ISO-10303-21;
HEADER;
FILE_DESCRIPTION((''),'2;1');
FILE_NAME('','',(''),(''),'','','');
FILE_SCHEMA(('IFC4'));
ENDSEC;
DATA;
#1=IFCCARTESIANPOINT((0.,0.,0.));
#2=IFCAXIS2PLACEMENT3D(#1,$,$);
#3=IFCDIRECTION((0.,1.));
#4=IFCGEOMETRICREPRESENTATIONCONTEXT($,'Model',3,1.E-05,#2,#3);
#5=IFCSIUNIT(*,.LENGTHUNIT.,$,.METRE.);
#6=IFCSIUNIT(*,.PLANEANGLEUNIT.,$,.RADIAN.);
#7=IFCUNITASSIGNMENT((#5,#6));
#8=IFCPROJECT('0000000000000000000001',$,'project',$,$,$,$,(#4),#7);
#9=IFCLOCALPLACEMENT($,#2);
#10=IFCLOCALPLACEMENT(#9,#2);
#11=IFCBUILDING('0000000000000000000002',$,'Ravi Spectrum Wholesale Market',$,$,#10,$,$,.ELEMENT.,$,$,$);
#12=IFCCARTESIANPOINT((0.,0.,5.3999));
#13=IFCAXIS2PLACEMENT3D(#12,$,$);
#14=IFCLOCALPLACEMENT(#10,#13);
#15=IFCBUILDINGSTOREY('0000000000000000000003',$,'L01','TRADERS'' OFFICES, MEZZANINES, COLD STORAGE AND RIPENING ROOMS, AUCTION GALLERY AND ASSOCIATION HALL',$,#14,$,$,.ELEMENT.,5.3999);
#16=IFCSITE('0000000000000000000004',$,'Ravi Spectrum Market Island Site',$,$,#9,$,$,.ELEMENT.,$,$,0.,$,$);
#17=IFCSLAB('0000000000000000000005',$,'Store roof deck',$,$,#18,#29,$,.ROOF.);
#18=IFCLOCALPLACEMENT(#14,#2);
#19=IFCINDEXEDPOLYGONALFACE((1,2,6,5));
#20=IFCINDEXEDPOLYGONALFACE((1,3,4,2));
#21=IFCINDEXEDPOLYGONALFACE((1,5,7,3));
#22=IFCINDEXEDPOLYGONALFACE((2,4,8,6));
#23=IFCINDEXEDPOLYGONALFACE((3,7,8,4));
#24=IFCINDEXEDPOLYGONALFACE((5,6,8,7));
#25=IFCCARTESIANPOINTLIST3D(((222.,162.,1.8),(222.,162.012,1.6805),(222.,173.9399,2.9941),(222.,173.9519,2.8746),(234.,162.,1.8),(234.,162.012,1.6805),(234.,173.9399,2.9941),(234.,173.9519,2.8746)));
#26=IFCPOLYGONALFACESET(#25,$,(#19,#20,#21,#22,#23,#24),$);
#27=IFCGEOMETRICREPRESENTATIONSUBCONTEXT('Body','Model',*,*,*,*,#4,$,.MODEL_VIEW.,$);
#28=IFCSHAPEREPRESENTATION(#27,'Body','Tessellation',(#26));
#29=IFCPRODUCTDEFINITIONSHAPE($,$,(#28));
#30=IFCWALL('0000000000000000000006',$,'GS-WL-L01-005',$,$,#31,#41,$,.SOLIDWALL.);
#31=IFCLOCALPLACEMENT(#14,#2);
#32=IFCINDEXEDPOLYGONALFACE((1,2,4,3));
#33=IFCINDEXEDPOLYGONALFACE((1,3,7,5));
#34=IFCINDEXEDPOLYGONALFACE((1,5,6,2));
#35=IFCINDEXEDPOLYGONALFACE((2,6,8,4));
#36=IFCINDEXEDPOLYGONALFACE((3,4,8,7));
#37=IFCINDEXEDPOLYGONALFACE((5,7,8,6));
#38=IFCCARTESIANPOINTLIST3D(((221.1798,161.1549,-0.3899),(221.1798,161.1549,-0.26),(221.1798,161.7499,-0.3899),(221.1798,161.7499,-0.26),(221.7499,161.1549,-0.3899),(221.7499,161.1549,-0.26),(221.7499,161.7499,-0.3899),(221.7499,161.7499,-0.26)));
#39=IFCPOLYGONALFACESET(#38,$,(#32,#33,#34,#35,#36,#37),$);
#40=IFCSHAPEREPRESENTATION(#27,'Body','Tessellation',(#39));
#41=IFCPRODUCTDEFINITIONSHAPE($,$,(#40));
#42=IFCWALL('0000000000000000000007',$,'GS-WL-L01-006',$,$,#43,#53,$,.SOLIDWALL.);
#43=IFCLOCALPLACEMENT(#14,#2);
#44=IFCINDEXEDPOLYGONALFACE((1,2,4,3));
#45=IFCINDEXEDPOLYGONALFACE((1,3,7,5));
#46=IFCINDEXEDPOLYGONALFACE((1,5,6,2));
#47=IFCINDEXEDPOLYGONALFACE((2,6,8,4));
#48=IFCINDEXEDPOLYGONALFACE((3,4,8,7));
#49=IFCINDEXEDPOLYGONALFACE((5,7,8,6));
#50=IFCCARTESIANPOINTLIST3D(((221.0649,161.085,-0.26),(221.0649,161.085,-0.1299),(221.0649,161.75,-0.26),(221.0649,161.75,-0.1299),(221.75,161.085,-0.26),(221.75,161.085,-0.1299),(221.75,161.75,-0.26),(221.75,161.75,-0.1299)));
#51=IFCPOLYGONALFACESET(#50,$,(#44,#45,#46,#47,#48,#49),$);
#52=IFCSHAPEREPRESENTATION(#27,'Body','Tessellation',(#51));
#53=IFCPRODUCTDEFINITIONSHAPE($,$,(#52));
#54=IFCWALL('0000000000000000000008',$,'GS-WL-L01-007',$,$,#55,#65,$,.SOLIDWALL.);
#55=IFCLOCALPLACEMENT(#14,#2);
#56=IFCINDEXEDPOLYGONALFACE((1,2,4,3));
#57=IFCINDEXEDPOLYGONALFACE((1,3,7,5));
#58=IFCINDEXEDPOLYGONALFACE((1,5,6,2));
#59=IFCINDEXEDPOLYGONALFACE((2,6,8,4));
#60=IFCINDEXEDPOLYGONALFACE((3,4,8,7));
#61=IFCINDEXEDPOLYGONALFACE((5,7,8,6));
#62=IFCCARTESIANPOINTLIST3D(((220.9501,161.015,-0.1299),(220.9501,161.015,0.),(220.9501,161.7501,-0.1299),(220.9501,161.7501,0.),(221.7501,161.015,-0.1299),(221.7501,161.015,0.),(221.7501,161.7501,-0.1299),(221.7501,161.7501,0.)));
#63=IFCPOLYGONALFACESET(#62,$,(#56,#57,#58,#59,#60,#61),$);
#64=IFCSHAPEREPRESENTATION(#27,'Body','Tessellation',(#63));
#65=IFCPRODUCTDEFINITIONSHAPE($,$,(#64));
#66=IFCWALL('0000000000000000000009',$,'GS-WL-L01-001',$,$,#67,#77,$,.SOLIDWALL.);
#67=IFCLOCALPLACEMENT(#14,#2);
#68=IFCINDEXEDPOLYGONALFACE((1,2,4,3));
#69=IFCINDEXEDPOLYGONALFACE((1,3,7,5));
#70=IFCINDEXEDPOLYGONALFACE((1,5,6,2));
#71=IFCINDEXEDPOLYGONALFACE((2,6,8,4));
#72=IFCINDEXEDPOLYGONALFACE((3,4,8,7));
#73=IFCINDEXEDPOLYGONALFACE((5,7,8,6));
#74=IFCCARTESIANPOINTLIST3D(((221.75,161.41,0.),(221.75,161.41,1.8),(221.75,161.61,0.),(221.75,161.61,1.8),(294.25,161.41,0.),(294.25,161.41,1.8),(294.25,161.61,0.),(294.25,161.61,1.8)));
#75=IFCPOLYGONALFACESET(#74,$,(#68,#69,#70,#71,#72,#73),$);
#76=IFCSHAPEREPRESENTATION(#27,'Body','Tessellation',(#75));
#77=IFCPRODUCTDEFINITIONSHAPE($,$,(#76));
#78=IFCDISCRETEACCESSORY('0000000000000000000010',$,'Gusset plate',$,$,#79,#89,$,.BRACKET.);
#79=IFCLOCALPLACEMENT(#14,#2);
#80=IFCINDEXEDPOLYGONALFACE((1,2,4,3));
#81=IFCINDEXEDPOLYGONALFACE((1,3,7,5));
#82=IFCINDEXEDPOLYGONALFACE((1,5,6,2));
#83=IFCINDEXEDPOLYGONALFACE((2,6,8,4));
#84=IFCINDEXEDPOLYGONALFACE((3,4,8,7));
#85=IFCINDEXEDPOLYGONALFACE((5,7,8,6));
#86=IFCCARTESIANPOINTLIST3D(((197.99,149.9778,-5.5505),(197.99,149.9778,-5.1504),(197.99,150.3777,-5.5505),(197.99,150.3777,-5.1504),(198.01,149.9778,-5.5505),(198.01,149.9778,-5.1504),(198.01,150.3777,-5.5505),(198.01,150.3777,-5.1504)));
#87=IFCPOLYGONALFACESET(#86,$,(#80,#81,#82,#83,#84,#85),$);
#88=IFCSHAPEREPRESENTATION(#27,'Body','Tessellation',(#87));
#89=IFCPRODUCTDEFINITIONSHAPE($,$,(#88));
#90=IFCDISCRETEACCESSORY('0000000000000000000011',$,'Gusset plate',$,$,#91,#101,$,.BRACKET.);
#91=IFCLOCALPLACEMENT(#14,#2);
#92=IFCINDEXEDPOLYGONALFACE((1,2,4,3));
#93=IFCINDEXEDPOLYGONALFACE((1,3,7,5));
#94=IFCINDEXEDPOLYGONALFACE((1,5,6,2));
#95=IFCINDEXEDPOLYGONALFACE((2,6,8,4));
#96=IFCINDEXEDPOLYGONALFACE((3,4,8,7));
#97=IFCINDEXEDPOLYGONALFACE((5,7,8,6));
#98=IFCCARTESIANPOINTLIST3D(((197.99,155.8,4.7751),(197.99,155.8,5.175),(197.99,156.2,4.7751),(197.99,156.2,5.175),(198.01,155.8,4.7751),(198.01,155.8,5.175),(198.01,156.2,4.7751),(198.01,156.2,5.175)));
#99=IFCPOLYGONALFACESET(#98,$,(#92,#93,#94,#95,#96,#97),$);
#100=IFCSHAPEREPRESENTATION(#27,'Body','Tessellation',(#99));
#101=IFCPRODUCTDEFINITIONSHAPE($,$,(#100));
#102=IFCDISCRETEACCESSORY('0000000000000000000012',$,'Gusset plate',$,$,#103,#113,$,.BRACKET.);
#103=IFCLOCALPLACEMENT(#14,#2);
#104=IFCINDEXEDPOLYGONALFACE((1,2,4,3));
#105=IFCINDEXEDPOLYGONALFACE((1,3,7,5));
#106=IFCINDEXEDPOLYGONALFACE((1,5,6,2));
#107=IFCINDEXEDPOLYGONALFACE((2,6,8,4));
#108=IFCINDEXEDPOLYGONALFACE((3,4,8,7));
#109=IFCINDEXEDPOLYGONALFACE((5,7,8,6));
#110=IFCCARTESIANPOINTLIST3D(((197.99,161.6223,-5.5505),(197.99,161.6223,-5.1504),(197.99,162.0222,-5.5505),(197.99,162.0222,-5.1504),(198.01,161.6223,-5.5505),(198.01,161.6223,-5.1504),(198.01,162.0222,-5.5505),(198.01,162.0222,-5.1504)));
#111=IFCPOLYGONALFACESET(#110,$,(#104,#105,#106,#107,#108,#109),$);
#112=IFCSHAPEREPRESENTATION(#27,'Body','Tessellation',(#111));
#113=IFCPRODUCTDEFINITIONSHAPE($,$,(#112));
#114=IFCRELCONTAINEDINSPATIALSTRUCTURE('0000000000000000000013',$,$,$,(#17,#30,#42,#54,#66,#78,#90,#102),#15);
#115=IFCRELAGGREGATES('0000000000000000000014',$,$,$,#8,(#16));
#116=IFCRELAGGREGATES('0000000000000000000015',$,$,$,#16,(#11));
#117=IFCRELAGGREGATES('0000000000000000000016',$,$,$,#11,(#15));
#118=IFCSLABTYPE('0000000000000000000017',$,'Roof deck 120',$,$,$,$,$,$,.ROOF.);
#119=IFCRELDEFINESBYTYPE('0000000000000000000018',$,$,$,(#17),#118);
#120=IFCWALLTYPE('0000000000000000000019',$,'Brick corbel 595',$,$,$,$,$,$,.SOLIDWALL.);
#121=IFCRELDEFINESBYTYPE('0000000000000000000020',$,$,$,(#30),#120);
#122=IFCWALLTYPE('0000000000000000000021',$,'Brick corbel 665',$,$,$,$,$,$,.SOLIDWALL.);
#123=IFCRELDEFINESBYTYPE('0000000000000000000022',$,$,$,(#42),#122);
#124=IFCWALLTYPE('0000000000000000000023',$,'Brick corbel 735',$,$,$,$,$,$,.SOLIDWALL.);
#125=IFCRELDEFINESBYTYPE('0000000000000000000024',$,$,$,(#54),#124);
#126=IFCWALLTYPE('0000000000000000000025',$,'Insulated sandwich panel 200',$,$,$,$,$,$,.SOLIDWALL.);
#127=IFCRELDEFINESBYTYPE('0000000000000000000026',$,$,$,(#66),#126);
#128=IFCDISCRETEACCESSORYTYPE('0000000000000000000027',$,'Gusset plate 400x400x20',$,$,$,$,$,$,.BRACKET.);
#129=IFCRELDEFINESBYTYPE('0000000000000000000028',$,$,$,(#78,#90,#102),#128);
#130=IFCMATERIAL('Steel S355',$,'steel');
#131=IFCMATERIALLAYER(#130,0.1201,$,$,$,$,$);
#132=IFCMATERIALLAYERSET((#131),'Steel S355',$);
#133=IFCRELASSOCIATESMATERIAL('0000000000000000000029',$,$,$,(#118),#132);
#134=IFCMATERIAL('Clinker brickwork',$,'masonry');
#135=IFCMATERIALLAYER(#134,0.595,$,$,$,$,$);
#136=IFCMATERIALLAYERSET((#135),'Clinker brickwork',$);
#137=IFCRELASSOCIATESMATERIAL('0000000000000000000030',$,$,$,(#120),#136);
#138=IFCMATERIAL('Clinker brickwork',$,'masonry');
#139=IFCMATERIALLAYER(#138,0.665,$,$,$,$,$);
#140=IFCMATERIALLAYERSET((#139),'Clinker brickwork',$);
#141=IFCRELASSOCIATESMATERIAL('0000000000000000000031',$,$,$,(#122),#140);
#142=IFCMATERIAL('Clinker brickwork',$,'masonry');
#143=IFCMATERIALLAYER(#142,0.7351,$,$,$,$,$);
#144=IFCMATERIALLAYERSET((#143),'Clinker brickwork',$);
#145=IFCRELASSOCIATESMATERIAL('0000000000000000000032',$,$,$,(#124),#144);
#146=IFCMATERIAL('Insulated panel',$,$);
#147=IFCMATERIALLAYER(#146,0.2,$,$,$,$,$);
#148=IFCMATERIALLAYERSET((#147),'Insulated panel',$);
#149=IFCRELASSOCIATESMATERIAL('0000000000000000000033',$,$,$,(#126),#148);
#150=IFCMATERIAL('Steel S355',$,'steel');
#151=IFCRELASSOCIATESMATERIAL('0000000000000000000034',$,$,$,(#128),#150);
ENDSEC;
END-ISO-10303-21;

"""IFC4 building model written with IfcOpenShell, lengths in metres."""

from ifc_helpers import new_model, si_unit, direction, frame, frame_2d, origin, origin_2d, place, context, subcontext, project, spatial, polyline, rectangle, outline, extrude, material, layer, layer_set, material_profile, profile_set, type_object, element, save


model = new_model("IFC4")

# Units and contexts
model_context = context("Model", 3, precision=1e-05, world=origin(), true_north=direction((0.0, 1.0)))
body_context = subcontext(model_context, "Body", "Model", "MODEL_VIEW")
ifc_project = project(units=[si_unit("LENGTHUNIT", "METRE"), si_unit("PLANEANGLEUNIT", "RADIAN")], contexts=[model_context])

# Site, building, storey
site_placement = place(None, origin())
site = spatial("IfcSite", under=ifc_project, at=site_placement, Name="Ravi Spectrum Market Island Site", CompositionType="ELEMENT", RefElevation=0.0)
building_placement = place(site_placement, origin())
building = spatial("IfcBuilding", under=site, at=building_placement, Name="Ravi Spectrum Wholesale Market", CompositionType="ELEMENT")
storey_placement = place(building_placement, frame((0.0, 0.0, 5.3999)))
storey = spatial("IfcBuildingStorey", under=building, at=storey_placement, Name="L01", Description="TRADERS' OFFICES, MEZZANINES, COLD STORAGE AND RIPENING ROOMS, AUCTION GALLERY AND ASSOCIATION HALL", CompositionType="ELEMENT", Elevation=5.3999)

# Slab
ifc_material_1 = material(Name="Steel S355", Category="steel")
ifc_layer_1 = layer(ifc_material_1, 0.1201)
ifc_layer_set_1 = layer_set([ifc_layer_1], Name="Steel S355")
slab_type = type_object("IfcSlabType", Name="Roof deck 120", PredefinedType="ROOF", material=ifc_layer_set_1)
slab_placement = place(storey_placement, frame((222.0, 162.0, 1.8), z_axis=(0.0, -0.099512, 0.995036), x_axis=(1.0, 0.0, 0.0)))
element("IfcSlab", 1, at=slab_placement, inside=storey, type_object=slab_type, Name="Store roof deck", PredefinedType="ROOF", context=body_context, shape_type="SweptSolid", body=[
    extrude(outline(polyline([(0.0, 0.0), (12.0, 0.0), (12.0, 11.9995), (0.0, 11.9995), (0.0, 0.0)])), origin(), (0.0, 0.0, -1.0), 0.1201),
])

# Walls
ifc_material_2 = material(Name="Clinker brickwork", Category="masonry")
ifc_layer_2 = layer(ifc_material_2, 0.595)
ifc_layer_set_2 = layer_set([ifc_layer_2], Name="Clinker brickwork")
wall_type_1 = type_object("IfcWallType", Name="Brick corbel 595", PredefinedType="SOLIDWALL", material=ifc_layer_set_2)
wall_1_placement = place(storey_placement, frame((221.75, 161.4524, -0.3899), z_axis=(0.0, 0.0, 1.0), x_axis=(-1.0, 0.0, 0.0)))
element("IfcWall", 2, at=wall_1_placement, inside=storey, type_object=wall_type_1, Name="GS-WL-L01-005", PredefinedType="SOLIDWALL", context=body_context, shape_type="SweptSolid", body=[
    extrude(rectangle(XDim=0.5701, YDim=0.595, at=frame_2d((0.2852, 0.0))), origin(), (0.0, 0.0, 1.0), 0.1299),
])
ifc_material_3 = material(Name="Clinker brickwork", Category="masonry")
ifc_layer_3 = layer(ifc_material_3, 0.665)
ifc_layer_set_3 = layer_set([ifc_layer_3], Name="Clinker brickwork")
wall_type_2 = type_object("IfcWallType", Name="Brick corbel 665", PredefinedType="SOLIDWALL", material=ifc_layer_set_3)
wall_2_placement = place(storey_placement, frame((221.75, 161.4175, -0.26), z_axis=(0.0, 0.0, 1.0), x_axis=(-1.0, 0.0, 0.0)))
element("IfcWall", 3, at=wall_2_placement, inside=storey, type_object=wall_type_2, Name="GS-WL-L01-006", PredefinedType="SOLIDWALL", context=body_context, shape_type="SweptSolid", body=[
    extrude(rectangle(XDim=0.6851, YDim=0.665, at=frame_2d((0.3425, 0.0))), origin(), (0.0, 0.0, 1.0), 0.1301),
])
ifc_material_4 = material(Name="Clinker brickwork", Category="masonry")
ifc_layer_4 = layer(ifc_material_4, 0.7351)
ifc_layer_set_4 = layer_set([ifc_layer_4], Name="Clinker brickwork")
wall_type_3 = type_object("IfcWallType", Name="Brick corbel 735", PredefinedType="SOLIDWALL", material=ifc_layer_set_4)
wall_3_placement = place(storey_placement, frame((221.75, 161.3826, -0.1299), z_axis=(0.0, 0.0, 1.0), x_axis=(-1.0, 0.0, 0.0)))
element("IfcWall", 4, at=wall_3_placement, inside=storey, type_object=wall_type_3, Name="GS-WL-L01-007", PredefinedType="SOLIDWALL", context=body_context, shape_type="SweptSolid", body=[
    extrude(rectangle(XDim=0.8, YDim=0.7351, at=frame_2d((0.3999, 0.0))), origin(), (0.0, 0.0, 1.0), 0.1299),
])
ifc_material_5 = material(Name="Insulated panel")
ifc_layer_5 = layer(ifc_material_5, 0.2)
ifc_layer_set_5 = layer_set([ifc_layer_5], Name="Insulated panel")
wall_type_4 = type_object("IfcWallType", Name="Insulated sandwich panel 200", PredefinedType="SOLIDWALL", material=ifc_layer_set_5)
wall_4_placement = place(storey_placement, frame((221.75, 161.51, 0.0), z_axis=(0.0, 0.0, 1.0), x_axis=(1.0, 0.0, 0.0)))
element("IfcWall", 5, at=wall_4_placement, inside=storey, type_object=wall_type_4, Name="GS-WL-L01-001", PredefinedType="SOLIDWALL", context=body_context, shape_type="SweptSolid", body=[
    extrude(rectangle(XDim=72.5, YDim=0.2, at=frame_2d((36.25, 0.0))), origin(), (0.0, 0.0, 1.0), 1.8),
])

# Discrete accessories
ifc_material_6 = material(Name="Steel S355", Category="steel")
ifc_material_profile_1 = material_profile(ifc_material_6, rectangle(XDim=0.3999, YDim=0.02, at=origin_2d()))
ifc_profile_set_1 = profile_set([ifc_material_profile_1], Name="Steel S355")
discrete_accessory_type = type_object("IfcDiscreteAccessoryType", Name="Gusset plate 400x400x20", PredefinedType="BRACKET", material=ifc_profile_set_1)
discrete_accessory_1_placement = place(storey_placement, frame((198.0, 150.1777, -5.5505), z_axis=(0.0, 0.0, 1.0), x_axis=(0.0, 1.0, 0.0)))
element("IfcDiscreteAccessory", 6, at=discrete_accessory_1_placement, inside=storey, type_object=discrete_accessory_type, Name="Gusset plate", PredefinedType="BRACKET", context=body_context, shape_type="SweptSolid", body=[
    extrude(rectangle(XDim=0.3999, YDim=0.02, at=origin_2d()), origin(), (0.0, 0.0, 1.0), 0.4001),
])
discrete_accessory_2_placement = place(storey_placement, frame((198.0, 156.0, 4.7751), z_axis=(0.0, 0.0, 1.0), x_axis=(0.0, 1.0, 0.0)))
element("IfcDiscreteAccessory", 7, at=discrete_accessory_2_placement, inside=storey, type_object=discrete_accessory_type, Name="Gusset plate", PredefinedType="BRACKET", context=body_context, shape_type="SweptSolid", body=[
    extrude(rectangle(XDim=0.3999, YDim=0.02, at=origin_2d()), origin(), (0.0, 0.0, 1.0), 0.3999),
])
discrete_accessory_3_placement = place(storey_placement, frame((198.0, 161.8223, -5.5505), z_axis=(0.0, 0.0, 1.0), x_axis=(0.0, -1.0, 0.0)))
element("IfcDiscreteAccessory", 8, at=discrete_accessory_3_placement, inside=storey, type_object=discrete_accessory_type, Name="Gusset plate", PredefinedType="BRACKET", context=body_context, shape_type="SweptSolid", body=[
    extrude(rectangle(XDim=0.3999, YDim=0.02, at=origin_2d()), origin(), (0.0, 0.0, 1.0), 0.4001),
])

save(model, "model.ifc")
